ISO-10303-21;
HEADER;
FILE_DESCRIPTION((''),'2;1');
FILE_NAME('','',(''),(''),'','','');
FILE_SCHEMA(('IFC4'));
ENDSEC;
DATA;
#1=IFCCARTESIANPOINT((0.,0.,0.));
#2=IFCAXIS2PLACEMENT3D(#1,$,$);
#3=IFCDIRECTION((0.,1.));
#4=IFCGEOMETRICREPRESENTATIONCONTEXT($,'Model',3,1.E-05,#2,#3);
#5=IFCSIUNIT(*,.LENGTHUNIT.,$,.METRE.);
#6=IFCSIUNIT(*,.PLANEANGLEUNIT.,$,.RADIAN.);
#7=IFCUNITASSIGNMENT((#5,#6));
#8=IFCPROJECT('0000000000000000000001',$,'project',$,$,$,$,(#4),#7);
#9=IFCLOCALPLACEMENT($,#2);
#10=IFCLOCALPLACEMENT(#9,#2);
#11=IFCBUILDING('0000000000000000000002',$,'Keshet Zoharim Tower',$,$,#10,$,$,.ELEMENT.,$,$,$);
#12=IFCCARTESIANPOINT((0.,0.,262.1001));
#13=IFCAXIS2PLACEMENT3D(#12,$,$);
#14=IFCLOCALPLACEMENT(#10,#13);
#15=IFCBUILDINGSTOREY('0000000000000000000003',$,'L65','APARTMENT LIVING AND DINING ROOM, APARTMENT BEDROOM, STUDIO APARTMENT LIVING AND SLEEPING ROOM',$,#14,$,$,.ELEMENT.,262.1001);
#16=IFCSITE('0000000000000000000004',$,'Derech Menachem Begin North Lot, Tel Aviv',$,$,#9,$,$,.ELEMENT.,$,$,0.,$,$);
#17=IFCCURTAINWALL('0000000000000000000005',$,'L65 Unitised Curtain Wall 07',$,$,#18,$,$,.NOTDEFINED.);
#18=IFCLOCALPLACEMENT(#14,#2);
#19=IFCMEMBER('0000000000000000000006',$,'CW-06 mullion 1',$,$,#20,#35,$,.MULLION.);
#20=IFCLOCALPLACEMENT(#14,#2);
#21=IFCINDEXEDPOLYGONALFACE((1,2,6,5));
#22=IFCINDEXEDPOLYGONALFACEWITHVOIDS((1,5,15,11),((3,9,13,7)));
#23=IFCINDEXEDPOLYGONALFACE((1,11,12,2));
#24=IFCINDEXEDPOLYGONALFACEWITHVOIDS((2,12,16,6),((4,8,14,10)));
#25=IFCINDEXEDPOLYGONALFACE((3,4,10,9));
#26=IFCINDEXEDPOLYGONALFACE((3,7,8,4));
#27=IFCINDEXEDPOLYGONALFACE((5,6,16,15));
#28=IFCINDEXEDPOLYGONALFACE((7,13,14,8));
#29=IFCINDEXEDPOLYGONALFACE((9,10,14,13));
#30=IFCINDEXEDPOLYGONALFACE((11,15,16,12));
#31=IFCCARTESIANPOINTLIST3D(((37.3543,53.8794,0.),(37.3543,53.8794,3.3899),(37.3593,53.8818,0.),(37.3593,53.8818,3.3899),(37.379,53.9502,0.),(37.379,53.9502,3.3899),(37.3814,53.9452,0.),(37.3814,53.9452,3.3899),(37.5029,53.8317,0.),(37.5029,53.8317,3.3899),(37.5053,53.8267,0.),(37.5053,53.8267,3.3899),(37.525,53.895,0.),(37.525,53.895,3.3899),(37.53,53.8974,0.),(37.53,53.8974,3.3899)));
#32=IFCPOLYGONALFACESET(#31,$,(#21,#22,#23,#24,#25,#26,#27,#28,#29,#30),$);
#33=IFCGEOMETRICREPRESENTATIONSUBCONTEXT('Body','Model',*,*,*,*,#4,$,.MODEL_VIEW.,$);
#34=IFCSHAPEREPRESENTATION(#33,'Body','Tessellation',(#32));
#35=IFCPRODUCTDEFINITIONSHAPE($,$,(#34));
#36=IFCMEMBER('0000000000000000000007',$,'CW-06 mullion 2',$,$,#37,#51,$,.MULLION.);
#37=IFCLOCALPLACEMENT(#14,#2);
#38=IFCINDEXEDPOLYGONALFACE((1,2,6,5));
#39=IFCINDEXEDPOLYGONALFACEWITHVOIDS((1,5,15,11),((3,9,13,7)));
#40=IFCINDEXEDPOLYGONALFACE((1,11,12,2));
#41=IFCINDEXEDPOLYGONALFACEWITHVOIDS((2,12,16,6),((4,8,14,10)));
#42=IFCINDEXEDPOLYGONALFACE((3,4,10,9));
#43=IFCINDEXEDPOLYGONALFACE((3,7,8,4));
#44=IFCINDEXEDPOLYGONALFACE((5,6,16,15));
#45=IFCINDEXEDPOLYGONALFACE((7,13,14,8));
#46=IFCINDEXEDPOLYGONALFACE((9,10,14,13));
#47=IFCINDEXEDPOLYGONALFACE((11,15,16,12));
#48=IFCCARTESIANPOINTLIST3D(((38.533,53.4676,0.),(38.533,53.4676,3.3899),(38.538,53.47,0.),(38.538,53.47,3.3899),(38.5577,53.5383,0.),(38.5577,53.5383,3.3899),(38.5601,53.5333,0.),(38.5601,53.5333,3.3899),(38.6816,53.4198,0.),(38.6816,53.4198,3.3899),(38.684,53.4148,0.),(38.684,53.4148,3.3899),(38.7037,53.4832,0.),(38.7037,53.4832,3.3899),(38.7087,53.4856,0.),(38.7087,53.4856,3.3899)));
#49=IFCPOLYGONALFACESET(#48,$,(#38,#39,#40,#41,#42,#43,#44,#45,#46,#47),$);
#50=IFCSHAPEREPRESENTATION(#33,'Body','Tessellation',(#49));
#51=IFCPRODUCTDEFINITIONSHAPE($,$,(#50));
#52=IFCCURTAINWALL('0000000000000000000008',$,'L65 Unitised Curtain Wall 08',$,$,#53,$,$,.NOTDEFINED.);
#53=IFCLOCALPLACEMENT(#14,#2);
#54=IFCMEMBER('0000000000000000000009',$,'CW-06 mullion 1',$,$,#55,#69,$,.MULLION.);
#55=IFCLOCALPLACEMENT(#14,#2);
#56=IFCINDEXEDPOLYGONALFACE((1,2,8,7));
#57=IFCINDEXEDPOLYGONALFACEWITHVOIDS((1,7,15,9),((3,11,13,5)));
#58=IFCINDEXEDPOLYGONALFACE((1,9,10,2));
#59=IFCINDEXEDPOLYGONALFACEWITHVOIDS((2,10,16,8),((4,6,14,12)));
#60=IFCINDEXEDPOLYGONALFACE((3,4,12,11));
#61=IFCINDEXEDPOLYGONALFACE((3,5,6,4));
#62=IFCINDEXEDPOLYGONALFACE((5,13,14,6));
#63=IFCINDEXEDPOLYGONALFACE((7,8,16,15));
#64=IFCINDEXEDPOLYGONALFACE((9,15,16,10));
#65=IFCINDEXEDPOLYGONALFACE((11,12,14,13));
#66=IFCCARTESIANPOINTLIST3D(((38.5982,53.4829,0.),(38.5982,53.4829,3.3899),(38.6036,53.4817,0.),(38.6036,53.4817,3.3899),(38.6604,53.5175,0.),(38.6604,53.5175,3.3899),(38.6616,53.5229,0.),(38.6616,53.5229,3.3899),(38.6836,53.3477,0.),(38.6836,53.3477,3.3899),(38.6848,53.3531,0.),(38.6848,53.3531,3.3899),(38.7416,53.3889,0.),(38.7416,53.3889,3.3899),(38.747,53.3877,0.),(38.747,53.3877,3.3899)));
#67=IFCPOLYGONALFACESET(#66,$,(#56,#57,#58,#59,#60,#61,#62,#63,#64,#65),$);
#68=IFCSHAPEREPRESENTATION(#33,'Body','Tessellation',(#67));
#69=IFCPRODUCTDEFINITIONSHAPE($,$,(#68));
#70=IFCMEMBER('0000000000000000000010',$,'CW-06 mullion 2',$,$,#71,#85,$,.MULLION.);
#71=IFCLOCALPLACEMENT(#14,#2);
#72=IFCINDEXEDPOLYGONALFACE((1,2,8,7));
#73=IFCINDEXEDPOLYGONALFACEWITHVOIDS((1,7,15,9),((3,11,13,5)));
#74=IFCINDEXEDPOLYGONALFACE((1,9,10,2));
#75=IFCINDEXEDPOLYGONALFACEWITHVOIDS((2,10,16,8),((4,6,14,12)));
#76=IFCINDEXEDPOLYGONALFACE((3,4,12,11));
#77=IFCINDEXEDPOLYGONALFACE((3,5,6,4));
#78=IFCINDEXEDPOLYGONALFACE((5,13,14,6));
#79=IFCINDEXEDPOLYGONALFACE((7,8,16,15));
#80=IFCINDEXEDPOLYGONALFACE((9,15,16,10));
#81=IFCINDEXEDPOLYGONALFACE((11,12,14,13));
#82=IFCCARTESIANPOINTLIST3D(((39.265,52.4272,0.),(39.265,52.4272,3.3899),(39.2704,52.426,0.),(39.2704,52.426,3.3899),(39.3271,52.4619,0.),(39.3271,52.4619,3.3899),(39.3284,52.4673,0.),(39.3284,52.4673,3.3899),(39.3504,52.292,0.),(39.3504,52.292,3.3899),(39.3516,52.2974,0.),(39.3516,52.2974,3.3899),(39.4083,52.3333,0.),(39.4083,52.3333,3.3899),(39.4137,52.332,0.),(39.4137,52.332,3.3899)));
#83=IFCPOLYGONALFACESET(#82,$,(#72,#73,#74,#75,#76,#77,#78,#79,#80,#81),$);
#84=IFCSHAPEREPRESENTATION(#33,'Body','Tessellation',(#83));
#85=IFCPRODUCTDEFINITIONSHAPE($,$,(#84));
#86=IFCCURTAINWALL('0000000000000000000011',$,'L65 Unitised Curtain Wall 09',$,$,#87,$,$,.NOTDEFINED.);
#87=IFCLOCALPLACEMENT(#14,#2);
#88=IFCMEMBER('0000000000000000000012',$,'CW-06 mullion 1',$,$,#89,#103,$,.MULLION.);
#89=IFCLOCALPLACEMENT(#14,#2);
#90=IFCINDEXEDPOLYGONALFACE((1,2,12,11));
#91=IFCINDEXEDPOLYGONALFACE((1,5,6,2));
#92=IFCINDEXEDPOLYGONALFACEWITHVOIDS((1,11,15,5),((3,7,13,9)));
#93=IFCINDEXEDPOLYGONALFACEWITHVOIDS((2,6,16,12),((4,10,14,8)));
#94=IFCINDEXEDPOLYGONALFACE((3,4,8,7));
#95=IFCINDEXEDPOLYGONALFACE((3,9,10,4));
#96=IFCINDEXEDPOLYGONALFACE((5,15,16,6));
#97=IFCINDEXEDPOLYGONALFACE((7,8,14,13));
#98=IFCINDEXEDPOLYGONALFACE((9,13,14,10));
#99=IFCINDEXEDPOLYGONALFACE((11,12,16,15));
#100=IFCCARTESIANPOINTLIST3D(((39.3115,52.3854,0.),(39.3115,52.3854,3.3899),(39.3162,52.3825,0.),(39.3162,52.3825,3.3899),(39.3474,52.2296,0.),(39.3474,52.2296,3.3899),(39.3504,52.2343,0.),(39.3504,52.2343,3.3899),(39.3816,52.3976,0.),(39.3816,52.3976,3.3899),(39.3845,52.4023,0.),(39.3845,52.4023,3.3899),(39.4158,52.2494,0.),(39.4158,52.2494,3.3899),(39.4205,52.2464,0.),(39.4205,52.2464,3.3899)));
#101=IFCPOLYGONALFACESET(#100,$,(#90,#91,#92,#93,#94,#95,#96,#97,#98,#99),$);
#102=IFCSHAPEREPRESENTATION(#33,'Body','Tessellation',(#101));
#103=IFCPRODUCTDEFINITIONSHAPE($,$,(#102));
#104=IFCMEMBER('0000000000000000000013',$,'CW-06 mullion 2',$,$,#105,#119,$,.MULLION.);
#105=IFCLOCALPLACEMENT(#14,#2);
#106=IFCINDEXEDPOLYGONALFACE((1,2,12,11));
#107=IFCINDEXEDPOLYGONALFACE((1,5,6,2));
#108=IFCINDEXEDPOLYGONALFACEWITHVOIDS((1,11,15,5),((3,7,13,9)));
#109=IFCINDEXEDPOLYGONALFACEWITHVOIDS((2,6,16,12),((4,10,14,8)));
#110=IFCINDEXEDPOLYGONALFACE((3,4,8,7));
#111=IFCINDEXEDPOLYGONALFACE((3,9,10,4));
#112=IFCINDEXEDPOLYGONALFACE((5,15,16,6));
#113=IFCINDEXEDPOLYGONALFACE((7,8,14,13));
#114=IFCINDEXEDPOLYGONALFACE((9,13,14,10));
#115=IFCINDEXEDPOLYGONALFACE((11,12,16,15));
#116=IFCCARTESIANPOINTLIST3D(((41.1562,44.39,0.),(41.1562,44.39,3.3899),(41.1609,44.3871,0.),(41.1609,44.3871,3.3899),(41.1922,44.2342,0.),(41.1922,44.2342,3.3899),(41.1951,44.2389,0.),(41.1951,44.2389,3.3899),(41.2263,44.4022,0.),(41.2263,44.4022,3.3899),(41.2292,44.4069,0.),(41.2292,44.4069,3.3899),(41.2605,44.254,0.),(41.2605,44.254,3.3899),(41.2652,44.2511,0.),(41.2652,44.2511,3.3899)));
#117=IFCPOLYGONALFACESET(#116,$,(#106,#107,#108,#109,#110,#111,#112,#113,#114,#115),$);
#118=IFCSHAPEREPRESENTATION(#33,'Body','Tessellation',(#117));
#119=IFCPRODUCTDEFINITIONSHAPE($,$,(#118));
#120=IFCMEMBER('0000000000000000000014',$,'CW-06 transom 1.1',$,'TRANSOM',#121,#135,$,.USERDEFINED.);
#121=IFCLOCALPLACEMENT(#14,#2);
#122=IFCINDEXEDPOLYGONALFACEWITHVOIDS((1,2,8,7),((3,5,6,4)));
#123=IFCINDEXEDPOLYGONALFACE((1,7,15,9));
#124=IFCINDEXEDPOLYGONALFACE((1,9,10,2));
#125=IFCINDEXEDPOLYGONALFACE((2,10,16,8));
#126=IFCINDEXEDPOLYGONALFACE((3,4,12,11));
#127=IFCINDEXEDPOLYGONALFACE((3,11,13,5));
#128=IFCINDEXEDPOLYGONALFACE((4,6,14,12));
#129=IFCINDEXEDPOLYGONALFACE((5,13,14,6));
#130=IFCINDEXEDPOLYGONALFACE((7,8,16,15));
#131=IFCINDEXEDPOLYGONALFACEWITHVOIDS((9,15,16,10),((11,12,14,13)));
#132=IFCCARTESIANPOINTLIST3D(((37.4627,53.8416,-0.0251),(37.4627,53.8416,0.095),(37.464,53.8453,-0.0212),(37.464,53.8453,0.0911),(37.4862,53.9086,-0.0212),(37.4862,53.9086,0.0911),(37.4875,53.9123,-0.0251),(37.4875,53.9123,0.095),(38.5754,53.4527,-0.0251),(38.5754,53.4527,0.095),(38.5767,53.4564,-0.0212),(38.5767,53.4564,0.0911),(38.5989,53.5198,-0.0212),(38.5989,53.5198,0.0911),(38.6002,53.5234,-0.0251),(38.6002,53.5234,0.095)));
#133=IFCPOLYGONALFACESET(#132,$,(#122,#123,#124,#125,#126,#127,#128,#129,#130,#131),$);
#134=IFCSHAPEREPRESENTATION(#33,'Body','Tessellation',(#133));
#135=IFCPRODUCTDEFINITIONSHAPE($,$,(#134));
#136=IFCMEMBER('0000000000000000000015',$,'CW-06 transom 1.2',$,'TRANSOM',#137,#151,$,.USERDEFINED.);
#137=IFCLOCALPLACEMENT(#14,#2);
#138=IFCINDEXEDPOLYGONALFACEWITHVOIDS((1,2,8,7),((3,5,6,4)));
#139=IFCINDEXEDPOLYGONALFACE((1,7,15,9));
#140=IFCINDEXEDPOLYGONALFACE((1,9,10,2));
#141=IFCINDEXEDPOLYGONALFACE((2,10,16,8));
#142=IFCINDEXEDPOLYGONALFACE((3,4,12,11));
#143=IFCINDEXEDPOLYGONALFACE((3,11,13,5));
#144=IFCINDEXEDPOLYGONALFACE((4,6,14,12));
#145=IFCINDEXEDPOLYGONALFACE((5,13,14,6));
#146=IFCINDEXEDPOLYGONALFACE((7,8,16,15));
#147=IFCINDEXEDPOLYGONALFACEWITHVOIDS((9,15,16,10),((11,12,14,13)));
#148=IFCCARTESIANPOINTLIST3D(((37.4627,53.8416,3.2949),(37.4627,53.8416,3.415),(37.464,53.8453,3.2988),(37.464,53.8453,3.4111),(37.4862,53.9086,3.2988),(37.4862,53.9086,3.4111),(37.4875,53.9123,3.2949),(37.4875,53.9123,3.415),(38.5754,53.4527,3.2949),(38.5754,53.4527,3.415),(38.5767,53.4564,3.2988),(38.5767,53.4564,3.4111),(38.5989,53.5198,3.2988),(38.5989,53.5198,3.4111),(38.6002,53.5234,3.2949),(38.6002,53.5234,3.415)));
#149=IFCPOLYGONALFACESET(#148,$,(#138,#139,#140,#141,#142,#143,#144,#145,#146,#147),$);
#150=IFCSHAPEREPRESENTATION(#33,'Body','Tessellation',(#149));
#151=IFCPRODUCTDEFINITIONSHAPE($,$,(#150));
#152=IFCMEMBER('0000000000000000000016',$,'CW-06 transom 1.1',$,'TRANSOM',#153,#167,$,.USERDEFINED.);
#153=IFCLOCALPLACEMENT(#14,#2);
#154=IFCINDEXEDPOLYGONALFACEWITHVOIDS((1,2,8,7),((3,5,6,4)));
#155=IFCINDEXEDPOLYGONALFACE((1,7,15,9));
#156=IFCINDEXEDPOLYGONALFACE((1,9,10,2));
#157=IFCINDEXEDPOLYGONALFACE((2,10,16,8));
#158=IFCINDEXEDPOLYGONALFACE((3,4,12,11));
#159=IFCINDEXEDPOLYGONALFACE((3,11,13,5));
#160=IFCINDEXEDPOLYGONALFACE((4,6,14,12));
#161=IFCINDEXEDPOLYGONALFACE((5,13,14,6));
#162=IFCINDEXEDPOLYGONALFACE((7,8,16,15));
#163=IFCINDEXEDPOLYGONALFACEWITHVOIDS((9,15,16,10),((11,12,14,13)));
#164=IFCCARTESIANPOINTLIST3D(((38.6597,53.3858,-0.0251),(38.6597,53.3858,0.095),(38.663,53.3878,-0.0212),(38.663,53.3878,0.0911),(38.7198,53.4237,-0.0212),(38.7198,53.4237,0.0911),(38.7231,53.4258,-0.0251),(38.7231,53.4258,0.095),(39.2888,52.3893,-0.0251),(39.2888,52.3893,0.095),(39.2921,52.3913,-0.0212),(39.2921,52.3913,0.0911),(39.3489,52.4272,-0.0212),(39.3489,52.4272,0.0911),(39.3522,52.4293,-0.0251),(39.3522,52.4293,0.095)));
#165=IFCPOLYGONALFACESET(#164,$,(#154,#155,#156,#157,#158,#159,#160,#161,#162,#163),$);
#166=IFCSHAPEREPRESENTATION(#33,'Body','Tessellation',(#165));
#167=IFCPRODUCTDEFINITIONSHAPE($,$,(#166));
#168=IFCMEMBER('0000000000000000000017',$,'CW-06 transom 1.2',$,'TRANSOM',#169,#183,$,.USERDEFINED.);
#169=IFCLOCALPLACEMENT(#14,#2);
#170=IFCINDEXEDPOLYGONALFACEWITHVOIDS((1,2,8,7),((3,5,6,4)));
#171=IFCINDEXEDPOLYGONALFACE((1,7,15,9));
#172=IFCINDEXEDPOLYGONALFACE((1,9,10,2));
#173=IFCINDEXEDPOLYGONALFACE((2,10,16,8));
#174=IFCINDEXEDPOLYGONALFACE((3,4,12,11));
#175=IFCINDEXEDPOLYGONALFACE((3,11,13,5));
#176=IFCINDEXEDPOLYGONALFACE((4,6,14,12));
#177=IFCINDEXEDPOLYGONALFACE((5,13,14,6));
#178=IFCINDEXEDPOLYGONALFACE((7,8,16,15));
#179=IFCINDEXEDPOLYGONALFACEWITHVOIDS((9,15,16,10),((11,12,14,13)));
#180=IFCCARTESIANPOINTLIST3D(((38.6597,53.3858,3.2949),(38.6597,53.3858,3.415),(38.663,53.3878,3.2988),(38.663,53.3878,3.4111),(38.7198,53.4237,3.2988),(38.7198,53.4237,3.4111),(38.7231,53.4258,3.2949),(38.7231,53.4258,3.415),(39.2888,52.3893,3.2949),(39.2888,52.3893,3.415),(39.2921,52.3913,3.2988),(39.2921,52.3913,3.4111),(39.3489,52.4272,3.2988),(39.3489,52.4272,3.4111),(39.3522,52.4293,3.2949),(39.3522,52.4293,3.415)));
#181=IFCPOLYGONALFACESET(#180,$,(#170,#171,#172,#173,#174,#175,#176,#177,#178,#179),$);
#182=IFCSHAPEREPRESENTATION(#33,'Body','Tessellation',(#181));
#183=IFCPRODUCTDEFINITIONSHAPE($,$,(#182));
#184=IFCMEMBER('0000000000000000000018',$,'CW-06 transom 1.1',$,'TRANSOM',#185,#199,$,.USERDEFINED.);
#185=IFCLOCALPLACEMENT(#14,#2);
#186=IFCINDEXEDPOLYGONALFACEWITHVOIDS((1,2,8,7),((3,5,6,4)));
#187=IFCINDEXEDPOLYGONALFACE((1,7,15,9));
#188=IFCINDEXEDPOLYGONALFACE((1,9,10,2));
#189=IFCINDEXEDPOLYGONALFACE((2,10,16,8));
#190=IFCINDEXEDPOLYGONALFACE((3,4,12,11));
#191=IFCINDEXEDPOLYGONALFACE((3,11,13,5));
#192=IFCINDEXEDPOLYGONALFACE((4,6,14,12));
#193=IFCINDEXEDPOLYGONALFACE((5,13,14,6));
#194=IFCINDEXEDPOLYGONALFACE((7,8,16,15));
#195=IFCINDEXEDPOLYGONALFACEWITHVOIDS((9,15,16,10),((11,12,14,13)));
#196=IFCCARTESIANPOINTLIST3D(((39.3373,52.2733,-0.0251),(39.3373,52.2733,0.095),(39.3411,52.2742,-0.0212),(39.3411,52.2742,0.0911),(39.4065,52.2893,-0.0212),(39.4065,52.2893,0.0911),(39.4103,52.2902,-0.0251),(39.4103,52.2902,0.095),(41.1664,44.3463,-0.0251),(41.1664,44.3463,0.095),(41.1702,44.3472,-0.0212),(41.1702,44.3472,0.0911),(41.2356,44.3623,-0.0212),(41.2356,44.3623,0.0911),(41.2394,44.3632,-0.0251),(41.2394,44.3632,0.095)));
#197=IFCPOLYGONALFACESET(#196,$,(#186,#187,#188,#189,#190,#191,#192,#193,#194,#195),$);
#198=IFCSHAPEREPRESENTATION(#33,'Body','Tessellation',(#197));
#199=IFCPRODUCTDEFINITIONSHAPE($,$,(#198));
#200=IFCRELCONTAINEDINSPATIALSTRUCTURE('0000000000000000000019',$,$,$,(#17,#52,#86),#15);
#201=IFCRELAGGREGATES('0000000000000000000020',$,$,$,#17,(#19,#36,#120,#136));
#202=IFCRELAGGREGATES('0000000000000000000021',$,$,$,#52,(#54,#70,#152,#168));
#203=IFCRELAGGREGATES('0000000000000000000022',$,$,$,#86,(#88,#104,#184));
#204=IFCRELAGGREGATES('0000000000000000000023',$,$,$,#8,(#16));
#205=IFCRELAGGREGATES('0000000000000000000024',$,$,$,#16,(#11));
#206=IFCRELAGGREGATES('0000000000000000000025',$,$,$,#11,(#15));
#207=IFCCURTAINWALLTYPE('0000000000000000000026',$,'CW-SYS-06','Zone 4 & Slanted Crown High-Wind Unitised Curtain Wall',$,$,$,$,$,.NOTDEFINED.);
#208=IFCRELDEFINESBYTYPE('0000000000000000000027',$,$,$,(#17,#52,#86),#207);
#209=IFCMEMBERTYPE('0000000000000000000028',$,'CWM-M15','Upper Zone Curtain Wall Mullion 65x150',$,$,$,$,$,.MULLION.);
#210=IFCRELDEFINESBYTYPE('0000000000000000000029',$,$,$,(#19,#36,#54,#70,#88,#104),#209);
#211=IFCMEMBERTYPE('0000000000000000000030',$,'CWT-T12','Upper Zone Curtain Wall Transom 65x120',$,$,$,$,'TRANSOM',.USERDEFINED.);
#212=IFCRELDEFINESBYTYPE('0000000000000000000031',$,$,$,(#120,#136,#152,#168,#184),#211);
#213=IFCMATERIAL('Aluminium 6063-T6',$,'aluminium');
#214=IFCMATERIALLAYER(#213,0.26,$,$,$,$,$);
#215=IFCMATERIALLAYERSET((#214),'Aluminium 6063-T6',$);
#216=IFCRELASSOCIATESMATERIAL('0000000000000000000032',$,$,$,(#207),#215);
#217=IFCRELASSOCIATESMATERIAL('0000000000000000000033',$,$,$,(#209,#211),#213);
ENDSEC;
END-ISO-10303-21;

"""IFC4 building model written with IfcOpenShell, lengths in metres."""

from ifc_helpers import new_model, si_unit, direction, frame, origin, origin_2d, place, context, subcontext, project, spatial, hollow_rectangle, extrude, material, layer, layer_set, material_profile, profile_set, type_object, element, aggregate, save


model = new_model("IFC4")

# Units and contexts
model_context = context("Model", 3, precision=1e-05, world=origin(), true_north=direction((0.0, 1.0)))
body_context = subcontext(model_context, "Body", "Model", "MODEL_VIEW")
ifc_project = project(units=[si_unit("LENGTHUNIT", "METRE"), si_unit("PLANEANGLEUNIT", "RADIAN")], contexts=[model_context])

# Site, building, storey
site_placement = place(None, origin())
site = spatial("IfcSite", under=ifc_project, at=site_placement, Name="Derech Menachem Begin North Lot, Tel Aviv", CompositionType="ELEMENT", RefElevation=0.0)
building_placement = place(site_placement, origin())
building = spatial("IfcBuilding", under=site, at=building_placement, Name="Keshet Zoharim Tower", CompositionType="ELEMENT")
storey_placement = place(building_placement, frame((0.0, 0.0, 262.1001)))
storey = spatial("IfcBuildingStorey", under=building, at=storey_placement, Name="L65", Description="APARTMENT LIVING AND DINING ROOM, APARTMENT BEDROOM, STUDIO APARTMENT LIVING AND SLEEPING ROOM", CompositionType="ELEMENT", Elevation=262.1001)

# Curtain walls, members
ifc_material_1 = material(Name="Aluminium 6063-T6", Category="aluminium")
ifc_layer_1 = layer(ifc_material_1, 0.26)
ifc_layer_set_1 = layer_set([ifc_layer_1], Name="Aluminium 6063-T6")
curtain_wall_type = type_object("IfcCurtainWallType", Name="CW-SYS-06", Description="Zone 4 & Slanted Crown High-Wind Unitised Curtain Wall", PredefinedType="NOTDEFINED", material=ifc_layer_set_1)
curtain_wall_1_placement = place(storey_placement, origin())
curtain_wall_1 = element("IfcCurtainWall", 1, at=curtain_wall_1_placement, inside=storey, type_object=curtain_wall_type, Name="L65 Unitised Curtain Wall 07", PredefinedType="NOTDEFINED")
ifc_material_profile_1 = material_profile(ifc_material_1, hollow_rectangle(XDim=0.075, YDim=0.1599, WallThickness=0.0039, at=origin_2d()), Name="MUL-75x160")
ifc_profile_set_1 = profile_set([ifc_material_profile_1], Name="Aluminium 6063-T6")
member_type_1 = type_object("IfcMemberType", Name="CWM-M15", Description="Upper Zone Curtain Wall Mullion 65x150", PredefinedType="MULLION", material=ifc_profile_set_1)
member_1_placement = place(storey_placement, frame((37.4421, 53.8884, 0.0), z_axis=(0.0, 0.0, 1.0), x_axis=(0.329844, 0.944036, 0.0)))
member_1 = element("IfcMember", 2, at=member_1_placement, type_object=member_type_1, Name="CW-06 mullion 1", PredefinedType="MULLION", context=body_context, shape_type="SweptSolid", body=[
    extrude(hollow_rectangle(XDim=0.075, YDim=0.1599, WallThickness=0.0039, at=origin_2d()), origin(), (0.0, 0.0, 1.0), 3.3899),
])
member_2_placement = place(storey_placement, frame((38.6208, 53.4766, 0.0), z_axis=(0.0, 0.0, 1.0), x_axis=(0.329844, 0.944036, 0.0)))
member_2 = element("IfcMember", 3, at=member_2_placement, type_object=member_type_1, Name="CW-06 mullion 2", PredefinedType="MULLION", context=body_context, shape_type="SweptSolid", body=[
    extrude(hollow_rectangle(XDim=0.075, YDim=0.1599, WallThickness=0.0039, at=origin_2d()), origin(), (0.0, 0.0, 1.0), 3.3899),
])
curtain_wall_2_placement = place(storey_placement, origin())
curtain_wall_2 = element("IfcCurtainWall", 4, at=curtain_wall_2_placement, inside=storey, type_object=curtain_wall_type, Name="L65 Unitised Curtain Wall 08", PredefinedType="NOTDEFINED")
member_3_placement = place(storey_placement, frame((38.6726, 53.4353, 0.0), z_axis=(0.0, 0.0, 1.0), x_axis=(0.845561, 0.533879, 0.0)))
member_3 = element("IfcMember", 5, at=member_3_placement, type_object=member_type_1, Name="CW-06 mullion 1", PredefinedType="MULLION", context=body_context, shape_type="SweptSolid", body=[
    extrude(hollow_rectangle(XDim=0.075, YDim=0.1599, WallThickness=0.0039, at=origin_2d()), origin(), (0.0, 0.0, 1.0), 3.3899),
])
member_4_placement = place(storey_placement, frame((39.3394, 52.3796, 0.0), z_axis=(0.0, 0.0, 1.0), x_axis=(0.845561, 0.533879, 0.0)))
member_4 = element("IfcMember", 6, at=member_4_placement, type_object=member_type_1, Name="CW-06 mullion 2", PredefinedType="MULLION", context=body_context, shape_type="SweptSolid", body=[
    extrude(hollow_rectangle(XDim=0.075, YDim=0.1599, WallThickness=0.0039, at=origin_2d()), origin(), (0.0, 0.0, 1.0), 3.3899),
])
curtain_wall_3_placement = place(storey_placement, origin())
curtain_wall_3 = element("IfcCurtainWall", 7, at=curtain_wall_3_placement, inside=storey, type_object=curtain_wall_type, Name="L65 Unitised Curtain Wall 09", PredefinedType="NOTDEFINED")
member_5_placement = place(storey_placement, frame((39.366, 52.3159, 0.0), z_axis=(0.0, 0.0, 1.0), x_axis=(0.974398, 0.22483, 0.0)))
member_5 = element("IfcMember", 8, at=member_5_placement, type_object=member_type_1, Name="CW-06 mullion 1", PredefinedType="MULLION", context=body_context, shape_type="SweptSolid", body=[
    extrude(hollow_rectangle(XDim=0.075, YDim=0.1599, WallThickness=0.0039, at=origin_2d()), origin(), (0.0, 0.0, 1.0), 3.3899),
])
member_6_placement = place(storey_placement, frame((41.2107, 44.3206, 0.0), z_axis=(0.0, 0.0, 1.0), x_axis=(0.974398, 0.22483, 0.0)))
member_6 = element("IfcMember", 9, at=member_6_placement, type_object=member_type_1, Name="CW-06 mullion 2", PredefinedType="MULLION", context=body_context, shape_type="SweptSolid", body=[
    extrude(hollow_rectangle(XDim=0.075, YDim=0.1599, WallThickness=0.0039, at=origin_2d()), origin(), (0.0, 0.0, 1.0), 3.3899),
])

# Members
ifc_material_profile_2 = material_profile(ifc_material_1, hollow_rectangle(XDim=0.075, YDim=0.1201, WallThickness=0.0039, at=origin_2d()), Name="TRN-75x120")
ifc_profile_set_2 = profile_set([ifc_material_profile_2], Name="Aluminium 6063-T6")
member_type_2 = type_object("IfcMemberType", Name="CWT-T12", Description="Upper Zone Curtain Wall Transom 65x120", ElementType="TRANSOM", PredefinedType="USERDEFINED", material=ifc_profile_set_2)
member_7_placement = place(storey_placement, frame((37.4751, 53.877, 0.0349), z_axis=(0.944007, -0.329926, 0.0), x_axis=(0.329926, 0.944007, 0.0)))
member_7 = element("IfcMember", 10, at=member_7_placement, type_object=member_type_2, Name="CW-06 transom 1.1", ObjectType="TRANSOM", PredefinedType="USERDEFINED", context=body_context, shape_type="SweptSolid", body=[
    extrude(hollow_rectangle(XDim=0.075, YDim=0.1201, WallThickness=0.0039, at=origin_2d()), origin(), (0.0, 0.0, 1.0), 1.1787),
])
member_8_placement = place(storey_placement, frame((37.4751, 53.877, 3.355), z_axis=(0.944007, -0.329926, 0.0), x_axis=(0.329926, 0.944007, 0.0)))
member_8 = element("IfcMember", 11, at=member_8_placement, type_object=member_type_2, Name="CW-06 transom 1.2", ObjectType="TRANSOM", PredefinedType="USERDEFINED", context=body_context, shape_type="SweptSolid", body=[
    extrude(hollow_rectangle(XDim=0.075, YDim=0.1201, WallThickness=0.0039, at=origin_2d()), origin(), (0.0, 0.0, 1.0), 1.1787),
])
member_9_placement = place(storey_placement, frame((38.6914, 53.4058, 0.0349), z_axis=(0.533829, -0.845592, 0.0), x_axis=(0.845592, 0.533829, 0.0)))
member_9 = element("IfcMember", 12, at=member_9_placement, type_object=member_type_2, Name="CW-06 transom 1.1", ObjectType="TRANSOM", PredefinedType="USERDEFINED", context=body_context, shape_type="SweptSolid", body=[
    extrude(hollow_rectangle(XDim=0.075, YDim=0.1201, WallThickness=0.0039, at=origin_2d()), origin(), (0.0, 0.0, 1.0), 1.1785),
])
member_10_placement = place(storey_placement, frame((38.6914, 53.4058, 3.355), z_axis=(0.533829, -0.845592, 0.0), x_axis=(0.845592, 0.533829, 0.0)))
member_10 = element("IfcMember", 13, at=member_10_placement, type_object=member_type_2, Name="CW-06 transom 1.2", ObjectType="TRANSOM", PredefinedType="USERDEFINED", context=body_context, shape_type="SweptSolid", body=[
    extrude(hollow_rectangle(XDim=0.075, YDim=0.1201, WallThickness=0.0039, at=origin_2d()), origin(), (0.0, 0.0, 1.0), 1.1785),
])
member_11_placement = place(storey_placement, frame((39.3738, 52.2817, 0.0349), z_axis=(0.224835, -0.974397, 0.0), x_axis=(0.974397, 0.224835, 0.0)))
member_11 = element("IfcMember", 14, at=member_11_placement, type_object=member_type_2, Name="CW-06 transom 1.1", ObjectType="TRANSOM", PredefinedType="USERDEFINED", context=body_context, shape_type="SweptSolid", body=[
    extrude(hollow_rectangle(XDim=0.075, YDim=0.1201, WallThickness=0.0039, at=origin_2d()), origin(), (0.0, 0.0, 1.0), 8.1353),
])

aggregate(curtain_wall_1, [member_1, member_2, member_7, member_8])
aggregate(curtain_wall_2, [member_3, member_4, member_9, member_10])
aggregate(curtain_wall_3, [member_5, member_6, member_11])

save(model, "model.ifc")
